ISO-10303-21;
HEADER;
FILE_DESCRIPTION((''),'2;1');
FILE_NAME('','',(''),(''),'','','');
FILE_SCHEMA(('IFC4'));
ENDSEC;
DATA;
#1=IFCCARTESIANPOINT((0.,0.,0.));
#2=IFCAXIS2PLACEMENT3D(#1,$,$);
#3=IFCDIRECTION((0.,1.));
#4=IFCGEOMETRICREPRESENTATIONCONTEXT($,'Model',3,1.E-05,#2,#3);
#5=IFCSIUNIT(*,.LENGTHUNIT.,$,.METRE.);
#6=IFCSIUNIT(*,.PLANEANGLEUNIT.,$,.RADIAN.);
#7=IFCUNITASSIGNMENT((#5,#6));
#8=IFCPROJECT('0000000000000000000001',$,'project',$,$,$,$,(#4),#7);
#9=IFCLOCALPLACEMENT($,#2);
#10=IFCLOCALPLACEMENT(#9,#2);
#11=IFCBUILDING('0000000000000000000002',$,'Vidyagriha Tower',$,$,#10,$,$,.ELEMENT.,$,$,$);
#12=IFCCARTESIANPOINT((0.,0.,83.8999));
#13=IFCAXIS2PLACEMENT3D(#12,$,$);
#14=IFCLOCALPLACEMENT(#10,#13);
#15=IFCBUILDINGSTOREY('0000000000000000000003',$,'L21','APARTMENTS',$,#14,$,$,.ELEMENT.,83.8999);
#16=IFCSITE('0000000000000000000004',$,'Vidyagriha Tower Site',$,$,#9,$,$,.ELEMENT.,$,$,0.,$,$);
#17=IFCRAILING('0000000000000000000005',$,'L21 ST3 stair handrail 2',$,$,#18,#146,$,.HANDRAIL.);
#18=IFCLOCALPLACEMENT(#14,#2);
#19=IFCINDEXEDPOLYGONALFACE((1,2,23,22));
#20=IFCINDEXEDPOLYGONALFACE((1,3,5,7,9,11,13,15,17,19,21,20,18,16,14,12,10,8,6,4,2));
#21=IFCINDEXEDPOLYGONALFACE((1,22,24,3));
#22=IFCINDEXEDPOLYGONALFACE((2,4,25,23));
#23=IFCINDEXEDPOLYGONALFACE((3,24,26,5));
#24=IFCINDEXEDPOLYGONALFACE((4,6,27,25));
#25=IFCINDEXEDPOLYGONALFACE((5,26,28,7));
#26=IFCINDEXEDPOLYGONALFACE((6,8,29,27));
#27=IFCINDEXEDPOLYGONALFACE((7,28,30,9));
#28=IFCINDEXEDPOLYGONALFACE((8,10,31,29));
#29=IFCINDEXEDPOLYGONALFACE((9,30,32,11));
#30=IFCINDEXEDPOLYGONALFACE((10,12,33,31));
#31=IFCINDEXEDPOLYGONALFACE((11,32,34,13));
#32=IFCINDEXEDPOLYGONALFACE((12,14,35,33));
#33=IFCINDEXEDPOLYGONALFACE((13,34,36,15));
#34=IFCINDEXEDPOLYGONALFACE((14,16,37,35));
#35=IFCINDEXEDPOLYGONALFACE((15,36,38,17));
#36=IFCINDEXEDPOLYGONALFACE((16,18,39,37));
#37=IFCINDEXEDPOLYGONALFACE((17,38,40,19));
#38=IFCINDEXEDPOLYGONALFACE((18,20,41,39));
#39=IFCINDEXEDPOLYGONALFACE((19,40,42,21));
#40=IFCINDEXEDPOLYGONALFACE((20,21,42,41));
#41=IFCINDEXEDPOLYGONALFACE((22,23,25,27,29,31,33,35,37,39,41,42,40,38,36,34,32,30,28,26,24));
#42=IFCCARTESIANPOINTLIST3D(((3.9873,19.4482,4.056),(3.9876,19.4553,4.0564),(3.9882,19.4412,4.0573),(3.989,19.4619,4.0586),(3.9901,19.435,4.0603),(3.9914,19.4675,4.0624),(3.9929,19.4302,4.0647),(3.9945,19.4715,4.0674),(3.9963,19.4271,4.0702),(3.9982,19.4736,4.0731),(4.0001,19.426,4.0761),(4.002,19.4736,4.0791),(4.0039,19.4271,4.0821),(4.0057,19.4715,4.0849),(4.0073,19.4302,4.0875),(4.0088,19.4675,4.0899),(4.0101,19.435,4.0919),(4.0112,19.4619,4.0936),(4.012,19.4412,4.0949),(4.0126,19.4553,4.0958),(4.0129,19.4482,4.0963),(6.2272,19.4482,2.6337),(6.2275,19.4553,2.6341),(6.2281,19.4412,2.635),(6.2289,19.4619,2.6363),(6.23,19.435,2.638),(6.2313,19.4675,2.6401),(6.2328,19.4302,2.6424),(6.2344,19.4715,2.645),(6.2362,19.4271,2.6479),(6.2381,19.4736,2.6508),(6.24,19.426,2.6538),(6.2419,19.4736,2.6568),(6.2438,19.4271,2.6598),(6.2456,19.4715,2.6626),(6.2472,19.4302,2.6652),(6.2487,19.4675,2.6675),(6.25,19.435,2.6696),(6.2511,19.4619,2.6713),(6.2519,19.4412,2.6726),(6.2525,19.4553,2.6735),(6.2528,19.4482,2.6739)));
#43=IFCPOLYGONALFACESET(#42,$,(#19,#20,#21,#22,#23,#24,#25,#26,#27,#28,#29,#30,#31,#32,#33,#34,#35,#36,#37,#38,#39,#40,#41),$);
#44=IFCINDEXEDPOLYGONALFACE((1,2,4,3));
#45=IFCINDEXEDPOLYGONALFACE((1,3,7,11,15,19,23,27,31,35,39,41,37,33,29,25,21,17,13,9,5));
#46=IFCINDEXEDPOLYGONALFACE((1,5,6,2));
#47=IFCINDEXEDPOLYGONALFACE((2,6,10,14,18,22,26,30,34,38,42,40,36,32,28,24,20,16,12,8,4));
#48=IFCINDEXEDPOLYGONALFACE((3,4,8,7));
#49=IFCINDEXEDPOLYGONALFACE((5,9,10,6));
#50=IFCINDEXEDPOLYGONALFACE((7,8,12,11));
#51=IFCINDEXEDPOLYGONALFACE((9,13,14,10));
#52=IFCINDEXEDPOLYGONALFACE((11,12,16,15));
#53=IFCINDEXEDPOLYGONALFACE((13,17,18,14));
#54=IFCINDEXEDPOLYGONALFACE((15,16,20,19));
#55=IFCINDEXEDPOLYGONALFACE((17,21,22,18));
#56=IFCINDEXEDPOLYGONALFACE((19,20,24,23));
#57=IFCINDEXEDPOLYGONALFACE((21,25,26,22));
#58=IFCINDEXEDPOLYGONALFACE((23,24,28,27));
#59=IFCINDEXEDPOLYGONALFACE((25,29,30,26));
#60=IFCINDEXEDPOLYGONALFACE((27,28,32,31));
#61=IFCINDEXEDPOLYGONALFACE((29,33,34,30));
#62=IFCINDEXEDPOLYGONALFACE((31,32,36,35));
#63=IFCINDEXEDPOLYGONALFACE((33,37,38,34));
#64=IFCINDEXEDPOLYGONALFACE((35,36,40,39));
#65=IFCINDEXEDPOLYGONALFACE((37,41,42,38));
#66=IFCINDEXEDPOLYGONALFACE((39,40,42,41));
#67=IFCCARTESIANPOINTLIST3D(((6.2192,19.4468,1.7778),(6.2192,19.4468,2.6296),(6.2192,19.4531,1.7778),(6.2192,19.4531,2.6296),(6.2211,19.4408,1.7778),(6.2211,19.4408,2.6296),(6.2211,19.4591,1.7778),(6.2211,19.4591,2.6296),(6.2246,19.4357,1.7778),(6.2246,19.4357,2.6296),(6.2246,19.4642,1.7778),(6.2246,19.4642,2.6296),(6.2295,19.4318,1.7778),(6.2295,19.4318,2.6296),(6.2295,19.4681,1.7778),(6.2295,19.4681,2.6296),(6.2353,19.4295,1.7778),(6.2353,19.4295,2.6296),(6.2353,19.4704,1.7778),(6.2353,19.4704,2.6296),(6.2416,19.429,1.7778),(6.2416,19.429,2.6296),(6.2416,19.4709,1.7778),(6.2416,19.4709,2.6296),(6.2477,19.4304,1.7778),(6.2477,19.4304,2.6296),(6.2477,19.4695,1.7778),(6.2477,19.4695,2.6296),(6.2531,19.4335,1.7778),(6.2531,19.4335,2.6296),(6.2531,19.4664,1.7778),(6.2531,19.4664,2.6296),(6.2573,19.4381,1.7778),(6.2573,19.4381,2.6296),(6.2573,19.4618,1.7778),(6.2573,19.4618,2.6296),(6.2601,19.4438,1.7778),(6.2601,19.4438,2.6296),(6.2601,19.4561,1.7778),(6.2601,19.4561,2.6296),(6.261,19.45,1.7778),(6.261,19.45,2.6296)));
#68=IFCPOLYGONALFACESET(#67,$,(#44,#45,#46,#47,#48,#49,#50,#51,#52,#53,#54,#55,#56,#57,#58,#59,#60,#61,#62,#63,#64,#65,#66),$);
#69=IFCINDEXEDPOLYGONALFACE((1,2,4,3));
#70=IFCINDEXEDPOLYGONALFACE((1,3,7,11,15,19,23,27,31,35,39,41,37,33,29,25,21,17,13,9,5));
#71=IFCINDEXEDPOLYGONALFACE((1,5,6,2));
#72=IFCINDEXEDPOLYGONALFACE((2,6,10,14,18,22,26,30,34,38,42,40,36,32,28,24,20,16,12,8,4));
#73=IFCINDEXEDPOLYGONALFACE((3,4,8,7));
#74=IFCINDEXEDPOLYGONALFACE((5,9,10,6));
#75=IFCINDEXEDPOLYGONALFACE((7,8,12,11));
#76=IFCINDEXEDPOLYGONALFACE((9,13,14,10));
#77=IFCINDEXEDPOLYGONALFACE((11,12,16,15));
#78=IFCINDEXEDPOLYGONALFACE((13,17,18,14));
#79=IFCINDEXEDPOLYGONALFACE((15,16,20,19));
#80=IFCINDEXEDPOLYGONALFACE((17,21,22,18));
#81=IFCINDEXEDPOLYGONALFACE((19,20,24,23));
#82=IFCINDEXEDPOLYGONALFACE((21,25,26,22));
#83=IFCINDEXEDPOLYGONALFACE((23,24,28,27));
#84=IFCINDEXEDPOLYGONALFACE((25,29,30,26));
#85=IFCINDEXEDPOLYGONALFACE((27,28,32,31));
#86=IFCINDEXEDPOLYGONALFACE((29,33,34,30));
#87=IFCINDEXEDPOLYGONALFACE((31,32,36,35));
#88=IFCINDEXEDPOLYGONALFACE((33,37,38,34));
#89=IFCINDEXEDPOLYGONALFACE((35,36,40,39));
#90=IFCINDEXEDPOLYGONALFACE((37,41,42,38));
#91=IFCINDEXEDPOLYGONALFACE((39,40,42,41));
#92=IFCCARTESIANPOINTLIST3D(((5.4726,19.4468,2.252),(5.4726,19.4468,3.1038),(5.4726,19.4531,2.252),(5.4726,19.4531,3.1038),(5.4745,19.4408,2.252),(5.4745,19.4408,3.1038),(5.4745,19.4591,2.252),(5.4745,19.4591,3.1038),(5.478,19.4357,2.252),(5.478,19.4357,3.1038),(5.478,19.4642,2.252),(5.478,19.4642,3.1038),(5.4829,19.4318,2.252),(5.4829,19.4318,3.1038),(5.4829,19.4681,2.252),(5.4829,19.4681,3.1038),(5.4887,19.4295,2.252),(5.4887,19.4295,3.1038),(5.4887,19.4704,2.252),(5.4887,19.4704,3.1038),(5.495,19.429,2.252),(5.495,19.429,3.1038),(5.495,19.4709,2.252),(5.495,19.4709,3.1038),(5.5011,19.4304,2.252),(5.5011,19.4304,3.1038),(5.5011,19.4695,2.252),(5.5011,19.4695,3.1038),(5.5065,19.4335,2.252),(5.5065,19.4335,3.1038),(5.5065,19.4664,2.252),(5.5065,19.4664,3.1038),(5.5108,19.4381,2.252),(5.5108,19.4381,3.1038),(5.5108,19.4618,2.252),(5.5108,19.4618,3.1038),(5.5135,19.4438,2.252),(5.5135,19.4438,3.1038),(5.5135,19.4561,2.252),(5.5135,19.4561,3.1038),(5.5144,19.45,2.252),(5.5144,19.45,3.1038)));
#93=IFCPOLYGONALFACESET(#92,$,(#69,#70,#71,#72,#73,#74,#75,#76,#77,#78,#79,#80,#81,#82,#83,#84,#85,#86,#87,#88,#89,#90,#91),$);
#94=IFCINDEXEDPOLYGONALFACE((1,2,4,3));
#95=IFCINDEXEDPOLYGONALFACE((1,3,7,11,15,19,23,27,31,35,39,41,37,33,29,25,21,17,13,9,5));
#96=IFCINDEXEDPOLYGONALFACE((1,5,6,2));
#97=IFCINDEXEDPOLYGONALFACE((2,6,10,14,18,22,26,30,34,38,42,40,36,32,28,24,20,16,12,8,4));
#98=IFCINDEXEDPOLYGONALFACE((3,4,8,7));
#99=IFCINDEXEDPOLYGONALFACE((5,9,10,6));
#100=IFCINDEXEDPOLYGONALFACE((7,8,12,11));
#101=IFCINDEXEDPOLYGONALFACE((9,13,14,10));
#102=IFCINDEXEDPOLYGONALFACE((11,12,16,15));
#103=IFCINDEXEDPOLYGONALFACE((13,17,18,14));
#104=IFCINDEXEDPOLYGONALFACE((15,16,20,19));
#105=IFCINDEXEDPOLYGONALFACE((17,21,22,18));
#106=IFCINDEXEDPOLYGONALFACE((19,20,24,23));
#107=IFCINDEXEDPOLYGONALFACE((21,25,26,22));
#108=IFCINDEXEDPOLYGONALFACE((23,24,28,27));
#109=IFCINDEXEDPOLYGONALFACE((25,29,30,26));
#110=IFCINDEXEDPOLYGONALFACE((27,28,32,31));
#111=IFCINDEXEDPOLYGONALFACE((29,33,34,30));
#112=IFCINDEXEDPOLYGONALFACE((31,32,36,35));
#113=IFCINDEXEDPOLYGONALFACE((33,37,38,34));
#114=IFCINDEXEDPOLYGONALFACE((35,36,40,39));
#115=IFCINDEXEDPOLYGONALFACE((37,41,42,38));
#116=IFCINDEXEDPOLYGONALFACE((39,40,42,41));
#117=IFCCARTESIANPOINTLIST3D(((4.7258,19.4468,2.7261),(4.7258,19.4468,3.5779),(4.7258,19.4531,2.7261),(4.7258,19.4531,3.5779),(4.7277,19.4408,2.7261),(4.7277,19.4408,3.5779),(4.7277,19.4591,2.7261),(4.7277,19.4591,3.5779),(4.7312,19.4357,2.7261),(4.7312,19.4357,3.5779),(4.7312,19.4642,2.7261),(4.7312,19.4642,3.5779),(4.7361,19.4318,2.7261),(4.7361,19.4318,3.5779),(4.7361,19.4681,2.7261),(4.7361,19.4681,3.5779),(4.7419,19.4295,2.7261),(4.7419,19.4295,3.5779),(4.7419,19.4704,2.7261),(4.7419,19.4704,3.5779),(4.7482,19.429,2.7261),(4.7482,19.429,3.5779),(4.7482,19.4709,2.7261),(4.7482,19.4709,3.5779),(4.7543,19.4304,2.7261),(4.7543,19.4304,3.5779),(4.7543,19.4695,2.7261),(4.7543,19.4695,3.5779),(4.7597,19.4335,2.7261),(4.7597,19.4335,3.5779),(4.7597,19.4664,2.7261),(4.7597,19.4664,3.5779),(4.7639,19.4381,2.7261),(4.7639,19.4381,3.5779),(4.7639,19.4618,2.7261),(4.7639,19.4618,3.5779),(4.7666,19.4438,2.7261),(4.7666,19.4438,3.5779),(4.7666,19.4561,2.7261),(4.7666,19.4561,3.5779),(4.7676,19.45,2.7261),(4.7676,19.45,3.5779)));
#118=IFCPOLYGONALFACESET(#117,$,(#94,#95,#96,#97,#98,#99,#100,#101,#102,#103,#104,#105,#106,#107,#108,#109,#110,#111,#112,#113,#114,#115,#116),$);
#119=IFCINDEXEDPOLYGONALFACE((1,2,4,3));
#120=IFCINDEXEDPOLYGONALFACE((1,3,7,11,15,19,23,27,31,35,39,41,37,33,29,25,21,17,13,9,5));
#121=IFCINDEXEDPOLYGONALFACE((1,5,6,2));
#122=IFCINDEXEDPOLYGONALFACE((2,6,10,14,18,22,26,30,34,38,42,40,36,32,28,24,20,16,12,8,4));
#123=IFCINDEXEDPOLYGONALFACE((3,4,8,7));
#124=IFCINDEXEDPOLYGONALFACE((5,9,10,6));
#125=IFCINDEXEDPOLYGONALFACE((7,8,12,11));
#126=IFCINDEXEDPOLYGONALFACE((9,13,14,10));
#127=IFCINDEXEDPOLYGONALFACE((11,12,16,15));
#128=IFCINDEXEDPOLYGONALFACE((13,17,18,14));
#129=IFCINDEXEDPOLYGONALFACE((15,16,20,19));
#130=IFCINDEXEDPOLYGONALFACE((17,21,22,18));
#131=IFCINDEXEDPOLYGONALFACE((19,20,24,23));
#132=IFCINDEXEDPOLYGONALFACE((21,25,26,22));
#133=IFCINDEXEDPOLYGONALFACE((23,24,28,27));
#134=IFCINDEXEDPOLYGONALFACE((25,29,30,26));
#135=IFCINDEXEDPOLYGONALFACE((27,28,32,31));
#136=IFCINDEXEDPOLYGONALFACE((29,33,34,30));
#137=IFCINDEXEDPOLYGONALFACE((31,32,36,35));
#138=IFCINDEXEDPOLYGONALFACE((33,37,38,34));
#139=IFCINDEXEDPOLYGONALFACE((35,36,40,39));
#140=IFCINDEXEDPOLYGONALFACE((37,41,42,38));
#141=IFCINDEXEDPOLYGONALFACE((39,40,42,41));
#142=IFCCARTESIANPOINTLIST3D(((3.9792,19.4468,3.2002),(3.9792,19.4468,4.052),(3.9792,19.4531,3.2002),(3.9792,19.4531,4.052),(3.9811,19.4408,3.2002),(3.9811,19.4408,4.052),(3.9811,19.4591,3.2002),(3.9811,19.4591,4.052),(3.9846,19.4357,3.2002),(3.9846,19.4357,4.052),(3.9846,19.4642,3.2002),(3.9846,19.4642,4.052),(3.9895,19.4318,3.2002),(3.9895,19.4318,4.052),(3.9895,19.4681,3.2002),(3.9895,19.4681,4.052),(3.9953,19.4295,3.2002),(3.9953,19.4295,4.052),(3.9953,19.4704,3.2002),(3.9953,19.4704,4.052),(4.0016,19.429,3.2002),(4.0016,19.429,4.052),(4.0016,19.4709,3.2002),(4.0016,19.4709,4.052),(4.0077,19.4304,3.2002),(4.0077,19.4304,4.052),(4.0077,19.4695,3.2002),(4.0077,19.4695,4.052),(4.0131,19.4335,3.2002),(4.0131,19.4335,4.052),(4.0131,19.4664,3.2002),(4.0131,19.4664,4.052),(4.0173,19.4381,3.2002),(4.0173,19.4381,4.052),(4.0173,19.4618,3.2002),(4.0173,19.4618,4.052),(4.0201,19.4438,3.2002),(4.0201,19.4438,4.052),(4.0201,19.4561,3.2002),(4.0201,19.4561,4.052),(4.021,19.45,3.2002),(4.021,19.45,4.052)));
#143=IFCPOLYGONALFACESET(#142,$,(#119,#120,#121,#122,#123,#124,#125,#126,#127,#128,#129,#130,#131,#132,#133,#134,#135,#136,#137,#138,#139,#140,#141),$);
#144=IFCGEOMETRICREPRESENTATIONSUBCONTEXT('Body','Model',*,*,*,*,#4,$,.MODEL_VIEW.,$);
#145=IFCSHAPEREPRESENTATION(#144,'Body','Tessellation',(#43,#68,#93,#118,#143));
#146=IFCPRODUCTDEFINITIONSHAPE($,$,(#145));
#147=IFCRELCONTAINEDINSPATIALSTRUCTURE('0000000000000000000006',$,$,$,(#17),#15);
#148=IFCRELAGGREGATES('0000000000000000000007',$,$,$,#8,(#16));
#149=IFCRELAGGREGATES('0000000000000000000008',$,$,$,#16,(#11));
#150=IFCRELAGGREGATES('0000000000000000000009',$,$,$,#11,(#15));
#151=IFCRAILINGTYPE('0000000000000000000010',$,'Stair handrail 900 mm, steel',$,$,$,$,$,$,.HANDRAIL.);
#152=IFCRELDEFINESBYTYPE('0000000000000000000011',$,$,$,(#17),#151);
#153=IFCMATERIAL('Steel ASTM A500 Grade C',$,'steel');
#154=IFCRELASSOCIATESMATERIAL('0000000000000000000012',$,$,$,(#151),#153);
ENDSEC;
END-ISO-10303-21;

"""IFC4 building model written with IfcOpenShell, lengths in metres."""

from ifc_helpers import new_model, si_unit, direction, frame, origin, origin_2d, place, context, subcontext, project, spatial, circle, extrude, material, type_object, element, save


model = new_model("IFC4")

# Units and contexts
model_context = context("Model", 3, precision=1e-05, world=origin(), true_north=direction((0.0, 1.0)))
body_context = subcontext(model_context, "Body", "Model", "MODEL_VIEW")
ifc_project = project(units=[si_unit("LENGTHUNIT", "METRE"), si_unit("PLANEANGLEUNIT", "RADIAN")], contexts=[model_context])

# Site, building, storey
site_placement = place(None, origin())
site = spatial("IfcSite", under=ifc_project, at=site_placement, Name="Vidyagriha Tower Site", CompositionType="ELEMENT", RefElevation=0.0)
building_placement = place(site_placement, origin())
building = spatial("IfcBuilding", under=site, at=building_placement, Name="Vidyagriha Tower", CompositionType="ELEMENT")
storey_placement = place(building_placement, frame((0.0, 0.0, 83.8999)))
storey = spatial("IfcBuildingStorey", under=building, at=storey_placement, Name="L21", Description="APARTMENTS", CompositionType="ELEMENT", Elevation=83.8999)

# Railing
ifc_material_1 = material(Name="Steel ASTM A500 Grade C", Category="steel")
railing_type_1 = type_object("IfcRailingType", Name="Stair handrail 900 mm, steel", PredefinedType="HANDRAIL", material=ifc_material_1)
railing_1_placement = place(storey_placement, frame((6.24, 19.45, 1.7778)))
element("IfcRailing", 1, at=railing_1_placement, inside=storey, type_object=railing_type_1, Name="L21 ST3 stair handrail 2", PredefinedType="HANDRAIL", context=body_context, shape_type="SweptSolid", body=[
    extrude(circle(Radius=0.0239, at=origin_2d()), frame((0.0, 0.0, 0.876), z_axis=(-0.844188, 0.0, 0.536048), x_axis=(0.0, -1.0, 0.0)), (0.0, 0.0, 1.0), 2.6533),
    extrude(circle(Radius=0.021, at=origin_2d()), origin(), (0.0, 0.0, 1.0), 0.8518),
    extrude(circle(Radius=0.021, at=origin_2d()), frame((-0.7466, 0.0, 0.4741)), (0.0, 0.0, 1.0), 0.8518),
    extrude(circle(Radius=0.021, at=origin_2d()), frame((-1.4934, 0.0, 0.9482)), (0.0, 0.0, 1.0), 0.8518),
    extrude(circle(Radius=0.021, at=origin_2d()), frame((-2.24, 0.0, 1.4224)), (0.0, 0.0, 1.0), 0.8518),
])

save(model, "model.ifc")
